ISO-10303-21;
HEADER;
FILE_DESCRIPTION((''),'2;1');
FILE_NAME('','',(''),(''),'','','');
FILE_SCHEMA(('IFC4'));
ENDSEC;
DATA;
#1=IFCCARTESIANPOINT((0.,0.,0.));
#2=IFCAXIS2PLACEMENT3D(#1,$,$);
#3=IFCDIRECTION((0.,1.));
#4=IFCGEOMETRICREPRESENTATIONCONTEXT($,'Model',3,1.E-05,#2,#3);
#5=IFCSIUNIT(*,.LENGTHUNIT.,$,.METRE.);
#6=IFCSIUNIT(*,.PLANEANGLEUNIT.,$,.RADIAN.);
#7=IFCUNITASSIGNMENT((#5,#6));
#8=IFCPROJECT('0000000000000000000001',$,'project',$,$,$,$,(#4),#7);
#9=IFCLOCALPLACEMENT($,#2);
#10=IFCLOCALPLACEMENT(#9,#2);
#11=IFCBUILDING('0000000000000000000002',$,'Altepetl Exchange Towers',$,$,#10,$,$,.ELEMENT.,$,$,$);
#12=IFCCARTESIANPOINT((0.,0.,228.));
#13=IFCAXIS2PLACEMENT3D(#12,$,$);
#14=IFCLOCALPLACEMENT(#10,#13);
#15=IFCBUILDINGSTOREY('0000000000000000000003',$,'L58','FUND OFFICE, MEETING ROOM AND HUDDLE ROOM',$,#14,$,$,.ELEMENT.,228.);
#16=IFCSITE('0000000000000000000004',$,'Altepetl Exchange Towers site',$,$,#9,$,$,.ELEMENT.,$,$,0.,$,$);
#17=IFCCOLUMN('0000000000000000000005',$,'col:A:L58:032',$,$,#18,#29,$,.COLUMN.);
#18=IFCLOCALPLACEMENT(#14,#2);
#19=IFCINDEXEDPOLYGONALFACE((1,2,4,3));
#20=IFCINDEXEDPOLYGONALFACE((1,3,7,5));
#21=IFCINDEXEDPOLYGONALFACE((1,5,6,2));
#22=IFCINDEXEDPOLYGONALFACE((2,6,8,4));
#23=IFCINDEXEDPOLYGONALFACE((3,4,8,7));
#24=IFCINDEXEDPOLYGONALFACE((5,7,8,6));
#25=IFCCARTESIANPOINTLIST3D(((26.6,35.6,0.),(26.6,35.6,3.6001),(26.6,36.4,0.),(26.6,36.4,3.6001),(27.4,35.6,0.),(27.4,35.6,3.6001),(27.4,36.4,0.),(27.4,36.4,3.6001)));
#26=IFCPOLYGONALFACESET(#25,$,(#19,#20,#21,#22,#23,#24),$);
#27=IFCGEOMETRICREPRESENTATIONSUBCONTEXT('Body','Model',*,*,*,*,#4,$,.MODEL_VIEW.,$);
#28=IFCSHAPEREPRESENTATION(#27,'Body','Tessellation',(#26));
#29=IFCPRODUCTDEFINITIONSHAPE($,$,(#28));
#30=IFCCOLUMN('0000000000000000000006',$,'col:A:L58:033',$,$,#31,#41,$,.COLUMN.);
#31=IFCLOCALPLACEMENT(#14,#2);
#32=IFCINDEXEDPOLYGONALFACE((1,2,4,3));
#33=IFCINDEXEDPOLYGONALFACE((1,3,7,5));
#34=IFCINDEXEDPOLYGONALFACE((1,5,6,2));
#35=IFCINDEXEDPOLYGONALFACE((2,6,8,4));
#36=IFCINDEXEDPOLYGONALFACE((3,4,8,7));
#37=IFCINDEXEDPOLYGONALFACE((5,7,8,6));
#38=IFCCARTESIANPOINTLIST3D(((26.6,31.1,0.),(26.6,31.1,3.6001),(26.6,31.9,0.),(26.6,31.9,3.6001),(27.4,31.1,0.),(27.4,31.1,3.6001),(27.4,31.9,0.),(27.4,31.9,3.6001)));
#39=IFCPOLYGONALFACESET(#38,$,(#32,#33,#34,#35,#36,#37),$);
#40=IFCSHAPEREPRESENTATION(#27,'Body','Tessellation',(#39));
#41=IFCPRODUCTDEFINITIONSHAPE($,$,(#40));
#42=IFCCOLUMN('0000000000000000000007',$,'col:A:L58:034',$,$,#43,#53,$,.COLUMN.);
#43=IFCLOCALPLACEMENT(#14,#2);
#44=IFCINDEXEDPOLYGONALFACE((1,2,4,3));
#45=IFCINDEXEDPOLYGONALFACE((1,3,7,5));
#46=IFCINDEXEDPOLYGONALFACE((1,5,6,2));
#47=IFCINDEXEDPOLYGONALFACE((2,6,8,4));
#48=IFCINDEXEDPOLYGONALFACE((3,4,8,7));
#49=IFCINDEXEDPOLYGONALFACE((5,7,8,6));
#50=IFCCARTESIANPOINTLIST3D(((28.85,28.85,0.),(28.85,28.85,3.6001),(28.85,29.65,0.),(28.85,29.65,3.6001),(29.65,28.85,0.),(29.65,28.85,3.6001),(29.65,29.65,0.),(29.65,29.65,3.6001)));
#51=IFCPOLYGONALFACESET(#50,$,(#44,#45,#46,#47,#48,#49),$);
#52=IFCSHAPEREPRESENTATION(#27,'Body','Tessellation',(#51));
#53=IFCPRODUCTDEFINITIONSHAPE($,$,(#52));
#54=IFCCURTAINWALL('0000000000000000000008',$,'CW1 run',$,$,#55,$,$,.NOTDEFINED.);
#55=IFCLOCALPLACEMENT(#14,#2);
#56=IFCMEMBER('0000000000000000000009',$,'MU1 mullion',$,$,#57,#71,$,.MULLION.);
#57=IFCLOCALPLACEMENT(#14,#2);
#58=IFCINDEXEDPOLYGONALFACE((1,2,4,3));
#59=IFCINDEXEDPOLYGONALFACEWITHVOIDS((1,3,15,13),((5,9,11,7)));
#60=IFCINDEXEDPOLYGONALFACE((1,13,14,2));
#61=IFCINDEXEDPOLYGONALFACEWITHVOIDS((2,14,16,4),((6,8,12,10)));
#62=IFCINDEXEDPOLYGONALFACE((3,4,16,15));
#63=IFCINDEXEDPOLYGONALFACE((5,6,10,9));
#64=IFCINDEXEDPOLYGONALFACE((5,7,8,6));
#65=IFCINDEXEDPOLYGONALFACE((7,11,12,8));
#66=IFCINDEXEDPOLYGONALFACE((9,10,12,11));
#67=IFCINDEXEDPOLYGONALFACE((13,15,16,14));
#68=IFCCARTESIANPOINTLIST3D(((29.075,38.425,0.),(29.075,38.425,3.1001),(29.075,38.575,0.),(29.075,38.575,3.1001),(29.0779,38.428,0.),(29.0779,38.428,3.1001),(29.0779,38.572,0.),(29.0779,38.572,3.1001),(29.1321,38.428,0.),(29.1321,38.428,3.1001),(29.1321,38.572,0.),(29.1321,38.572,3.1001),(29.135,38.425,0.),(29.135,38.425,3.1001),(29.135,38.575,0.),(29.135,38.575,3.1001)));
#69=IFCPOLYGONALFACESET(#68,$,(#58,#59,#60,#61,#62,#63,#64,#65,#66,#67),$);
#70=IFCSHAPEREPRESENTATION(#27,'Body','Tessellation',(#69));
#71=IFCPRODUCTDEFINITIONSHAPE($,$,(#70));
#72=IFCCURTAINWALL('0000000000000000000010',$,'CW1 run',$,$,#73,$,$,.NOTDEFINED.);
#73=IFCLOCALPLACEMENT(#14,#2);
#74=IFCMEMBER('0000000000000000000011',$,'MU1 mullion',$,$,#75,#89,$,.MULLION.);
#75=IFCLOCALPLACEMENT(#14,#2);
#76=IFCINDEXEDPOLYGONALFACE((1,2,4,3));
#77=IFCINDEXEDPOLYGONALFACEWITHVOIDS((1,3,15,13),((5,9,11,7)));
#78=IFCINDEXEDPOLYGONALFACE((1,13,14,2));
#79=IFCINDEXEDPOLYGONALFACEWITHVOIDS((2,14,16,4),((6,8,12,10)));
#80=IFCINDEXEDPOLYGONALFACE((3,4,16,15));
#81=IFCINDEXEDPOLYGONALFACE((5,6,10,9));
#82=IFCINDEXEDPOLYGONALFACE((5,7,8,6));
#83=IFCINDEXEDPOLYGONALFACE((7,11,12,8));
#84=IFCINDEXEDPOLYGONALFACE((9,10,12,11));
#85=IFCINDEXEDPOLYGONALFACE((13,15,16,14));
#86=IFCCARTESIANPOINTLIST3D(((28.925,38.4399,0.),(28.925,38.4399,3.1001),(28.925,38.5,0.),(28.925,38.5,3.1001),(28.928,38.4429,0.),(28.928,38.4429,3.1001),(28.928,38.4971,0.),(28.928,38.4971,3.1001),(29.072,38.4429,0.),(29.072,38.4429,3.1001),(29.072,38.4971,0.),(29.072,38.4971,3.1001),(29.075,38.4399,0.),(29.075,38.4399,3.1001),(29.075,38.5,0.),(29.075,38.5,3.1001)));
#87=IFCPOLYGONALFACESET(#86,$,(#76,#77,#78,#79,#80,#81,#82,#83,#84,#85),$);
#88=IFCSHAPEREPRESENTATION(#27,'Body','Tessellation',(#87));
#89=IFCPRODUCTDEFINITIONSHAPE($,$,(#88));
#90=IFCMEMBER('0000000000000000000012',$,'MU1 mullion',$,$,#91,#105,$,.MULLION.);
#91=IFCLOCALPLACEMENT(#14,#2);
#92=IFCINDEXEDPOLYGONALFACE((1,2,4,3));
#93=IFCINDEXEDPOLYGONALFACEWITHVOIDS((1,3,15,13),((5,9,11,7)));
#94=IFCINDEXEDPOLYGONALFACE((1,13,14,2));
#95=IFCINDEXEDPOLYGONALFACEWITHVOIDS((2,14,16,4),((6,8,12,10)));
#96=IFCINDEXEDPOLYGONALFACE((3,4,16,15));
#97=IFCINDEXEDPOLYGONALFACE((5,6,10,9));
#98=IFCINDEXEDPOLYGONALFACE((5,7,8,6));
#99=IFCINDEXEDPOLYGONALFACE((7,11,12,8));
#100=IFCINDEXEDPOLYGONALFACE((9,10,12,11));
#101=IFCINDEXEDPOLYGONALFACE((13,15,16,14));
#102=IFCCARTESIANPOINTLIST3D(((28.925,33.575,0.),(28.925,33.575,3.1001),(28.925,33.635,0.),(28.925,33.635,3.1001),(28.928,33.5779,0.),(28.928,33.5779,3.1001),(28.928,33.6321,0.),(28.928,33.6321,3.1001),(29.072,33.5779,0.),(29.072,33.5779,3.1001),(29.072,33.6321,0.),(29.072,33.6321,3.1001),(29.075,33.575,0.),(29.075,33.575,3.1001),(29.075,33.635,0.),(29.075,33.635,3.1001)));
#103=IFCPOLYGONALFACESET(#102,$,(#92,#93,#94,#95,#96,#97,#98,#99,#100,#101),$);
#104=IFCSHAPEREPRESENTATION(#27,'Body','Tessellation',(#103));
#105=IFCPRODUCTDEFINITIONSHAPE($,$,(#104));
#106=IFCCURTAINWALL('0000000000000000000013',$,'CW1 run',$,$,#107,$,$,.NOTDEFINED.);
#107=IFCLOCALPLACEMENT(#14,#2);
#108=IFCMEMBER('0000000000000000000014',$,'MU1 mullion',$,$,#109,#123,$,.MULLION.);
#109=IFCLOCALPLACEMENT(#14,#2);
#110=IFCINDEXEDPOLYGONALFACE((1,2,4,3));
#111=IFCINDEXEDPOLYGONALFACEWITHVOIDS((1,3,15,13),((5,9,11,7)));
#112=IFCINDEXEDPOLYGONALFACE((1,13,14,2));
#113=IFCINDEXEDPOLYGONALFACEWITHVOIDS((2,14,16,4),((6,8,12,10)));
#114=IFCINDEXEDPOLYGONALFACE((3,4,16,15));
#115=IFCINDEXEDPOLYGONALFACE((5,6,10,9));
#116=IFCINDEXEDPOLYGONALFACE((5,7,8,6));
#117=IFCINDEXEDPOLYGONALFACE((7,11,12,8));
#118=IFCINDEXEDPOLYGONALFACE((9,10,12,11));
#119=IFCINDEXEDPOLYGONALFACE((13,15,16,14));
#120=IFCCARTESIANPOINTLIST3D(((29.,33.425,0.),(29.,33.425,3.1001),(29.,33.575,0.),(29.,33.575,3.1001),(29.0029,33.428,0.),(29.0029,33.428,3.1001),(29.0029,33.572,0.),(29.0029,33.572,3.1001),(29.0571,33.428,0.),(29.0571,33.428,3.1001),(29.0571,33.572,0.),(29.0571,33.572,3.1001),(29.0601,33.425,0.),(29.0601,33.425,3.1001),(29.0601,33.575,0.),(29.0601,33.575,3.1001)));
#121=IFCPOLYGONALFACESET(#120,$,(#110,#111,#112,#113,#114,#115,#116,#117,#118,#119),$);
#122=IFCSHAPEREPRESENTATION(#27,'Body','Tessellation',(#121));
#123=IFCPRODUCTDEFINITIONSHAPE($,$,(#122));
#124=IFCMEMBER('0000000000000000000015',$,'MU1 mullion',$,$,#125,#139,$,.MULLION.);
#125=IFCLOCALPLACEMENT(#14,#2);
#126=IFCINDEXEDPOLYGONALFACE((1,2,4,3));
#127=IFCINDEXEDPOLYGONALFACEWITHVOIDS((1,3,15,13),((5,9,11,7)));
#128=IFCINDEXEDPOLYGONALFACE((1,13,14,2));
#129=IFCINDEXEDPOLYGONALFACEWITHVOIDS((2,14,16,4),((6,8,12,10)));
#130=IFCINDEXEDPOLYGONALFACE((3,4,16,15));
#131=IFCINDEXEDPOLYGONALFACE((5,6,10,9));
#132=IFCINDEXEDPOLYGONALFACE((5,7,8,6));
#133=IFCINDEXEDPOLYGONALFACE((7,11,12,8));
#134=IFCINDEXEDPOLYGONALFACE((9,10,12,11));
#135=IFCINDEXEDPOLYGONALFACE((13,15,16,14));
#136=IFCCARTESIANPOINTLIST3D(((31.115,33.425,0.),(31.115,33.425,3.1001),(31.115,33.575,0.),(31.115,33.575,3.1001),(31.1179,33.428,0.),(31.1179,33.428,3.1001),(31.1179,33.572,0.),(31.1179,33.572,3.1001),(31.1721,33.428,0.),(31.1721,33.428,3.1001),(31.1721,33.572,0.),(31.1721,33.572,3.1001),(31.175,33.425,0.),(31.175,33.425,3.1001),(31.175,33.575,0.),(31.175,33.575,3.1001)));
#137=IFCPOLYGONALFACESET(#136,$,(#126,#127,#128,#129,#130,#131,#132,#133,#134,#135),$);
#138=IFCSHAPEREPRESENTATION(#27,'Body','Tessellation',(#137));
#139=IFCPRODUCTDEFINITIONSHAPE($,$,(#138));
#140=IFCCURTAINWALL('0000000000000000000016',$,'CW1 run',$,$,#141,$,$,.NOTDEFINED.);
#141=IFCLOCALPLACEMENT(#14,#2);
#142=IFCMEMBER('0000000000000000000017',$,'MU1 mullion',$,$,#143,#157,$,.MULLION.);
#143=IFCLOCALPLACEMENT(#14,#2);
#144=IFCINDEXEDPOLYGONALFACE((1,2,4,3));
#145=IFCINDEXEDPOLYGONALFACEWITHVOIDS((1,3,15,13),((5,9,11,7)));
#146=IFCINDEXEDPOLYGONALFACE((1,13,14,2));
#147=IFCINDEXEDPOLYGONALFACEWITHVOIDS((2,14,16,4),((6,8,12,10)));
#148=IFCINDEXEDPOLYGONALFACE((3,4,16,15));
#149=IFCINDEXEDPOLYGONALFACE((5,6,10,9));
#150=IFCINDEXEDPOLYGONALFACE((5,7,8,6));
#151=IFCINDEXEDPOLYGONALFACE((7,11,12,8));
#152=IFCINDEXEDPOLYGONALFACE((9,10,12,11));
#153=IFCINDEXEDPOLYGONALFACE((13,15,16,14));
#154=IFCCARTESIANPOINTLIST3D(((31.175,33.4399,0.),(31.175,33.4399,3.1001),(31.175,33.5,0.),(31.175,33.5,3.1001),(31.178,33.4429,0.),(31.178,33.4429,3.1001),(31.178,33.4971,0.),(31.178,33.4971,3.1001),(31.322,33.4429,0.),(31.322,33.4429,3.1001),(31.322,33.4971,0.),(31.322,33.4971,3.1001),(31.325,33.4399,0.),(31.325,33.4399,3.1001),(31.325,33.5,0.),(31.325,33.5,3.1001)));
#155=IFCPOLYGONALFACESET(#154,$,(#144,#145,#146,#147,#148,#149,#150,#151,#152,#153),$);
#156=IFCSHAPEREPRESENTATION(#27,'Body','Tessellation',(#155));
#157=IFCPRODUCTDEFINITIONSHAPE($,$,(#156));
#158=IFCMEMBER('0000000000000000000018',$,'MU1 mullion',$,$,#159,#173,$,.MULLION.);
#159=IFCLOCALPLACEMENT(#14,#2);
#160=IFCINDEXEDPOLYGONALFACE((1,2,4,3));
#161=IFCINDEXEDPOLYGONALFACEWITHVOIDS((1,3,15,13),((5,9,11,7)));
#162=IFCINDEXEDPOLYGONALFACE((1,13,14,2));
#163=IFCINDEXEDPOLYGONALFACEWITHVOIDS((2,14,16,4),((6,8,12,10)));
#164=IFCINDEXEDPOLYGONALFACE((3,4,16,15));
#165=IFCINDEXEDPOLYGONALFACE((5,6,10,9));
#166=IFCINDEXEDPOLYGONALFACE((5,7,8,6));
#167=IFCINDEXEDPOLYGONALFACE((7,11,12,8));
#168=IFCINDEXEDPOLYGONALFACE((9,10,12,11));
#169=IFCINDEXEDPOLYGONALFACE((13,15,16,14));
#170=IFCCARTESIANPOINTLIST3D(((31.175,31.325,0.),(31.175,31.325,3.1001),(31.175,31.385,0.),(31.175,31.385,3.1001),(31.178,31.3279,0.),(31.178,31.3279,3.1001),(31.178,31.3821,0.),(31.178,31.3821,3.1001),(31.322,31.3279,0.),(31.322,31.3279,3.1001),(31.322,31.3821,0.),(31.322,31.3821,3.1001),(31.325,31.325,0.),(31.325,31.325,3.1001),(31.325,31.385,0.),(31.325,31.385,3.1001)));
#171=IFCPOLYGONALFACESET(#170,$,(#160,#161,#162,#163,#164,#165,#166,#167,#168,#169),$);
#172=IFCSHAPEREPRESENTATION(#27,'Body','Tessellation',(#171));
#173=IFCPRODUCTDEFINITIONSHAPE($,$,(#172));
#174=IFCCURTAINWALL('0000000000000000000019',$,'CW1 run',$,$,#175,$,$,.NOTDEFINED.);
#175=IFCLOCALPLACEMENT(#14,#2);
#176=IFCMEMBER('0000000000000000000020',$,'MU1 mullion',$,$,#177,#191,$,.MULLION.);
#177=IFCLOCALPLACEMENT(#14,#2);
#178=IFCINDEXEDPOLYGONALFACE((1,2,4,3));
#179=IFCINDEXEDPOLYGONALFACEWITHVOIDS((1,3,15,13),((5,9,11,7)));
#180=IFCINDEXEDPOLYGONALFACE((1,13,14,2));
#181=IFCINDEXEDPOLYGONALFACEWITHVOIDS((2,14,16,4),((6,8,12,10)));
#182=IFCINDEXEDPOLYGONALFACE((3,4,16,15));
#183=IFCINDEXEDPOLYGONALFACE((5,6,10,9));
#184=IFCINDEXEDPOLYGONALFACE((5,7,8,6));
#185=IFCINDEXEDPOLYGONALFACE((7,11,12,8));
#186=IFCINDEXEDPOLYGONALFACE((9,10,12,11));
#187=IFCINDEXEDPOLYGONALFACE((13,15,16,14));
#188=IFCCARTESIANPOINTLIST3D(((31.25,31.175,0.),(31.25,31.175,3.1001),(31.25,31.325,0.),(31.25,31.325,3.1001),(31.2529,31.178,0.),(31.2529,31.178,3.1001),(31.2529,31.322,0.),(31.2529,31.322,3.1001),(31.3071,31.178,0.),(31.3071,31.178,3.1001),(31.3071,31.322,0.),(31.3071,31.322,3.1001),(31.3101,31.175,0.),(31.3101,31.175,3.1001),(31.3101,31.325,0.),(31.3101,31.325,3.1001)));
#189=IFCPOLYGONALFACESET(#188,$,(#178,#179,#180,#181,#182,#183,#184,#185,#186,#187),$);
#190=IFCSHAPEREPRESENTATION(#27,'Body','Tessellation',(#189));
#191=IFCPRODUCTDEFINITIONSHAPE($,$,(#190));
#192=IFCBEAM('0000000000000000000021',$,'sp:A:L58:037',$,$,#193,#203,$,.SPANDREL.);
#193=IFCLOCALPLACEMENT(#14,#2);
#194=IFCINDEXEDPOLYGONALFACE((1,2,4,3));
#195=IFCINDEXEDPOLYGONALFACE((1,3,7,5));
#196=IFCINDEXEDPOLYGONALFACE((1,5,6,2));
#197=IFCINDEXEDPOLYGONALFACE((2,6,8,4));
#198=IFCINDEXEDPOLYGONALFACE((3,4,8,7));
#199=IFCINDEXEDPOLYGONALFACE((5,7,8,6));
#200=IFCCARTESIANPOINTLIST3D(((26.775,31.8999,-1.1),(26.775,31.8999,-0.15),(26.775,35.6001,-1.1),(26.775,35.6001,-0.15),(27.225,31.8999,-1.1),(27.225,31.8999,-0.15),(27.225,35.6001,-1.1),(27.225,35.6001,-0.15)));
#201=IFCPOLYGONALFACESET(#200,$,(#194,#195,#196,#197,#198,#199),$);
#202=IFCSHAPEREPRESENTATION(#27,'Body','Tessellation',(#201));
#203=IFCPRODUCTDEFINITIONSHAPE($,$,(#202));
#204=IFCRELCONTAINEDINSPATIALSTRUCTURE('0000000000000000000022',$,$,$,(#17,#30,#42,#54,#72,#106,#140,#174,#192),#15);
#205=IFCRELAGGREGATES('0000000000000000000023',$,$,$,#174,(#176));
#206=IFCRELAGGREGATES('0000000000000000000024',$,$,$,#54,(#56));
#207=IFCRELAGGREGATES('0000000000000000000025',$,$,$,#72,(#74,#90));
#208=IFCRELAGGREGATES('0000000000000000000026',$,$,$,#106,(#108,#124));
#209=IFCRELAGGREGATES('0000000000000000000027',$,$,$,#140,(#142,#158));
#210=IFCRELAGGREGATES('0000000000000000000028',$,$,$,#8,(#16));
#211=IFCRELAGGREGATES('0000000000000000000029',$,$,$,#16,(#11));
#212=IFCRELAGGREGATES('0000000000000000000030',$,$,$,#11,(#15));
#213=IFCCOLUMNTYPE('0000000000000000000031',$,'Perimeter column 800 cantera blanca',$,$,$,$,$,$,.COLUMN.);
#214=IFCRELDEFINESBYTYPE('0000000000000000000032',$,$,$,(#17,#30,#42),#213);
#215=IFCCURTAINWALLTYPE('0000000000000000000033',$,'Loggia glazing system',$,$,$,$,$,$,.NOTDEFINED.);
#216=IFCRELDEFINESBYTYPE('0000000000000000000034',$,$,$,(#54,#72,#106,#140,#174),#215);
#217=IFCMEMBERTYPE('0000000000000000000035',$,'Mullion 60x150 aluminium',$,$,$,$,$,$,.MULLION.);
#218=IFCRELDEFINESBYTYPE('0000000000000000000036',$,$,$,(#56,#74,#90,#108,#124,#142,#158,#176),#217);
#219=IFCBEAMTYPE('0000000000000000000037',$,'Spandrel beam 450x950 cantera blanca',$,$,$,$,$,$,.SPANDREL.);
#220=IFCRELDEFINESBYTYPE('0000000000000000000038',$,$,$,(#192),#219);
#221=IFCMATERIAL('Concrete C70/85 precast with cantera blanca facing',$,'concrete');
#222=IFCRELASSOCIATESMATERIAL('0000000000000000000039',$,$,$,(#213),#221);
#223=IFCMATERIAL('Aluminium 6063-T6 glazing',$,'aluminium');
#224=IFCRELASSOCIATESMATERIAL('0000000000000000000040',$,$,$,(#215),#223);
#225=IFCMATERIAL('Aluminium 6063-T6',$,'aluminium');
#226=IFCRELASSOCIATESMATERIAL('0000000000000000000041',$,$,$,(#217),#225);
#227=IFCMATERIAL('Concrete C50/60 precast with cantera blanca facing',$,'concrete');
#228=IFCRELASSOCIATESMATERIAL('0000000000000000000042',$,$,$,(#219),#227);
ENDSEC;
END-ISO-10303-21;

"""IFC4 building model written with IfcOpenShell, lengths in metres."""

from ifc_helpers import new_model, si_unit, direction, frame, origin, origin_2d, place, context, subcontext, project, spatial, rectangle, hollow_rectangle, extrude, material, material_profile, profile_set, type_object, element, aggregate, save


model = new_model("IFC4")

# Units and contexts
model_context = context("Model", 3, precision=1e-05, world=origin(), true_north=direction((0.0, 1.0)))
body_context = subcontext(model_context, "Body", "Model", "MODEL_VIEW")
ifc_project = project(units=[si_unit("LENGTHUNIT", "METRE"), si_unit("PLANEANGLEUNIT", "RADIAN")], contexts=[model_context])

# Site, building, storey
site_placement = place(None, origin())
site = spatial("IfcSite", under=ifc_project, at=site_placement, Name="Altepetl Exchange Towers site", CompositionType="ELEMENT", RefElevation=0.0)
building_placement = place(site_placement, origin())
building = spatial("IfcBuilding", under=site, at=building_placement, Name="Altepetl Exchange Towers", CompositionType="ELEMENT")
storey_placement = place(building_placement, frame((0.0, 0.0, 228.0)))
storey = spatial("IfcBuildingStorey", under=building, at=storey_placement, Name="L58", Description="FUND OFFICE, MEETING ROOM AND HUDDLE ROOM", CompositionType="ELEMENT", Elevation=228.0)

# Columns
ifc_material_1 = material(Name="Concrete C70/85 precast with cantera blanca facing", Category="concrete")
ifc_material_profile_1 = material_profile(ifc_material_1, rectangle(XDim=0.8, YDim=0.8, at=origin_2d()), Name="800 x 800")
ifc_profile_set_1 = profile_set([ifc_material_profile_1], Name="Concrete C70/85 precast with cantera blanca facing")
column_type = type_object("IfcColumnType", Name="Perimeter column 800 cantera blanca", PredefinedType="COLUMN", material=ifc_profile_set_1)
for number, where, name in (
    (1, (27.0, 36.0, 0.0), "col:A:L58:032"),
    (2, (27.0, 31.5, 0.0), "col:A:L58:033"),
    (3, (29.25, 29.25, 0.0), "col:A:L58:034"),
):
    element("IfcColumn", number, at=place(storey_placement, frame(where)), inside=storey, type_object=column_type, Name=name, PredefinedType="COLUMN", context=body_context, shape_type="SweptSolid", body=[
        extrude(rectangle(XDim=0.8, YDim=0.8, at=origin_2d()), origin(), (0.0, 0.0, 1.0), 3.6001),
    ])

# Curtain wall, member
ifc_material_2 = material(Name="Aluminium 6063-T6 glazing", Category="aluminium")
curtain_wall_type = type_object("IfcCurtainWallType", Name="Loggia glazing system", PredefinedType="NOTDEFINED", material=ifc_material_2)
curtain_wall_1_placement = place(storey_placement, origin())
curtain_wall_1 = element("IfcCurtainWall", 4, at=curtain_wall_1_placement, inside=storey, type_object=curtain_wall_type, Name="CW1 run", PredefinedType="NOTDEFINED")
ifc_material_3 = material(Name="Aluminium 6063-T6", Category="aluminium")
ifc_material_profile_2 = material_profile(ifc_material_3, hollow_rectangle(XDim=0.0601, YDim=0.1499, WallThickness=0.0029, at=origin_2d()), Name="Mullion 60x150 aluminium")
ifc_profile_set_2 = profile_set([ifc_material_profile_2], Name="Aluminium 6063-T6")
member_type = type_object("IfcMemberType", Name="Mullion 60x150 aluminium", PredefinedType="MULLION", material=ifc_profile_set_2)
member_1_placement = place(storey_placement, frame((29.105, 38.5, 0.0), z_axis=(0.0, 0.0, 1.0), x_axis=(-1.0, 0.0, 0.0)))
member_1 = element("IfcMember", 5, at=member_1_placement, type_object=member_type, Name="MU1 mullion", PredefinedType="MULLION", context=body_context, shape_type="SweptSolid", body=[
    extrude(hollow_rectangle(XDim=0.0601, YDim=0.1499, WallThickness=0.0029, at=origin_2d()), origin(), (0.0, 0.0, 1.0), 3.1001),
])

# Curtain walls, members
curtain_wall_2_placement = place(storey_placement, origin())
curtain_wall_2 = element("IfcCurtainWall", 6, at=curtain_wall_2_placement, inside=storey, type_object=curtain_wall_type, Name="CW1 run", PredefinedType="NOTDEFINED")
member_2_placement = place(storey_placement, frame((29.0, 38.47, 0.0), z_axis=(0.0, 0.0, 1.0), x_axis=(0.0, -1.0, 0.0)))
member_2 = element("IfcMember", 7, at=member_2_placement, type_object=member_type, Name="MU1 mullion", PredefinedType="MULLION", context=body_context, shape_type="SweptSolid", body=[
    extrude(hollow_rectangle(XDim=0.0601, YDim=0.1499, WallThickness=0.0029, at=origin_2d()), origin(), (0.0, 0.0, 1.0), 3.1001),
])
member_3_placement = place(storey_placement, frame((29.0, 33.605, 0.0), z_axis=(0.0, 0.0, 1.0), x_axis=(0.0, -1.0, 0.0)))
member_3 = element("IfcMember", 8, at=member_3_placement, type_object=member_type, Name="MU1 mullion", PredefinedType="MULLION", context=body_context, shape_type="SweptSolid", body=[
    extrude(hollow_rectangle(XDim=0.0601, YDim=0.1499, WallThickness=0.0029, at=origin_2d()), origin(), (0.0, 0.0, 1.0), 3.1001),
])
curtain_wall_3_placement = place(storey_placement, origin())
curtain_wall_3 = element("IfcCurtainWall", 9, at=curtain_wall_3_placement, inside=storey, type_object=curtain_wall_type, Name="CW1 run", PredefinedType="NOTDEFINED")
member_4_placement = place(storey_placement, frame((29.03, 33.5, 0.0)))
member_4 = element("IfcMember", 10, at=member_4_placement, type_object=member_type, Name="MU1 mullion", PredefinedType="MULLION", context=body_context, shape_type="SweptSolid", body=[
    extrude(hollow_rectangle(XDim=0.0601, YDim=0.1499, WallThickness=0.0029, at=origin_2d()), origin(), (0.0, 0.0, 1.0), 3.1001),
])
member_5_placement = place(storey_placement, frame((31.145, 33.5, 0.0)))
member_5 = element("IfcMember", 11, at=member_5_placement, type_object=member_type, Name="MU1 mullion", PredefinedType="MULLION", context=body_context, shape_type="SweptSolid", body=[
    extrude(hollow_rectangle(XDim=0.0601, YDim=0.1499, WallThickness=0.0029, at=origin_2d()), origin(), (0.0, 0.0, 1.0), 3.1001),
])
curtain_wall_4_placement = place(storey_placement, origin())
curtain_wall_4 = element("IfcCurtainWall", 12, at=curtain_wall_4_placement, inside=storey, type_object=curtain_wall_type, Name="CW1 run", PredefinedType="NOTDEFINED")
member_6_placement = place(storey_placement, frame((31.25, 33.47, 0.0), z_axis=(0.0, 0.0, 1.0), x_axis=(0.0, -1.0, 0.0)))
member_6 = element("IfcMember", 13, at=member_6_placement, type_object=member_type, Name="MU1 mullion", PredefinedType="MULLION", context=body_context, shape_type="SweptSolid", body=[
    extrude(hollow_rectangle(XDim=0.0601, YDim=0.1499, WallThickness=0.0029, at=origin_2d()), origin(), (0.0, 0.0, 1.0), 3.1001),
])
member_7_placement = place(storey_placement, frame((31.25, 31.355, 0.0), z_axis=(0.0, 0.0, 1.0), x_axis=(0.0, -1.0, 0.0)))
member_7 = element("IfcMember", 14, at=member_7_placement, type_object=member_type, Name="MU1 mullion", PredefinedType="MULLION", context=body_context, shape_type="SweptSolid", body=[
    extrude(hollow_rectangle(XDim=0.0601, YDim=0.1499, WallThickness=0.0029, at=origin_2d()), origin(), (0.0, 0.0, 1.0), 3.1001),
])

# Curtain wall, member
curtain_wall_5_placement = place(storey_placement, origin())
curtain_wall_5 = element("IfcCurtainWall", 15, at=curtain_wall_5_placement, inside=storey, type_object=curtain_wall_type, Name="CW1 run", PredefinedType="NOTDEFINED")
member_8_placement = place(storey_placement, frame((31.28, 31.25, 0.0)))
member_8 = element("IfcMember", 16, at=member_8_placement, type_object=member_type, Name="MU1 mullion", PredefinedType="MULLION", context=body_context, shape_type="SweptSolid", body=[
    extrude(hollow_rectangle(XDim=0.0601, YDim=0.1499, WallThickness=0.0029, at=origin_2d()), origin(), (0.0, 0.0, 1.0), 3.1001),
])
aggregate(curtain_wall_5, [member_8])

# Beam
ifc_material_4 = material(Name="Concrete C50/60 precast with cantera blanca facing", Category="concrete")
ifc_material_profile_3 = material_profile(ifc_material_4, rectangle(XDim=0.45, YDim=0.95, at=origin_2d()), Name="450 x 950")
ifc_profile_set_3 = profile_set([ifc_material_profile_3], Name="Concrete C50/60 precast with cantera blanca facing")
beam_type = type_object("IfcBeamType", Name="Spandrel beam 450x950 cantera blanca", PredefinedType="SPANDREL", material=ifc_profile_set_3)
beam_1_placement = place(storey_placement, frame((27.0, 35.6001, -0.625), z_axis=(0.0, -1.0, 0.0), x_axis=(1.0, 0.0, 0.0)))
element("IfcBeam", 17, at=beam_1_placement, inside=storey, type_object=beam_type, Name="sp:A:L58:037", PredefinedType="SPANDREL", context=body_context, shape_type="SweptSolid", body=[
    extrude(rectangle(XDim=0.45, YDim=0.95, at=origin_2d()), origin(), (0.0, 0.0, 1.0), 3.7002),
])

aggregate(curtain_wall_1, [member_1])
aggregate(curtain_wall_2, [member_2, member_3])
aggregate(curtain_wall_3, [member_4, member_5])
aggregate(curtain_wall_4, [member_6, member_7])

save(model, "model.ifc")
